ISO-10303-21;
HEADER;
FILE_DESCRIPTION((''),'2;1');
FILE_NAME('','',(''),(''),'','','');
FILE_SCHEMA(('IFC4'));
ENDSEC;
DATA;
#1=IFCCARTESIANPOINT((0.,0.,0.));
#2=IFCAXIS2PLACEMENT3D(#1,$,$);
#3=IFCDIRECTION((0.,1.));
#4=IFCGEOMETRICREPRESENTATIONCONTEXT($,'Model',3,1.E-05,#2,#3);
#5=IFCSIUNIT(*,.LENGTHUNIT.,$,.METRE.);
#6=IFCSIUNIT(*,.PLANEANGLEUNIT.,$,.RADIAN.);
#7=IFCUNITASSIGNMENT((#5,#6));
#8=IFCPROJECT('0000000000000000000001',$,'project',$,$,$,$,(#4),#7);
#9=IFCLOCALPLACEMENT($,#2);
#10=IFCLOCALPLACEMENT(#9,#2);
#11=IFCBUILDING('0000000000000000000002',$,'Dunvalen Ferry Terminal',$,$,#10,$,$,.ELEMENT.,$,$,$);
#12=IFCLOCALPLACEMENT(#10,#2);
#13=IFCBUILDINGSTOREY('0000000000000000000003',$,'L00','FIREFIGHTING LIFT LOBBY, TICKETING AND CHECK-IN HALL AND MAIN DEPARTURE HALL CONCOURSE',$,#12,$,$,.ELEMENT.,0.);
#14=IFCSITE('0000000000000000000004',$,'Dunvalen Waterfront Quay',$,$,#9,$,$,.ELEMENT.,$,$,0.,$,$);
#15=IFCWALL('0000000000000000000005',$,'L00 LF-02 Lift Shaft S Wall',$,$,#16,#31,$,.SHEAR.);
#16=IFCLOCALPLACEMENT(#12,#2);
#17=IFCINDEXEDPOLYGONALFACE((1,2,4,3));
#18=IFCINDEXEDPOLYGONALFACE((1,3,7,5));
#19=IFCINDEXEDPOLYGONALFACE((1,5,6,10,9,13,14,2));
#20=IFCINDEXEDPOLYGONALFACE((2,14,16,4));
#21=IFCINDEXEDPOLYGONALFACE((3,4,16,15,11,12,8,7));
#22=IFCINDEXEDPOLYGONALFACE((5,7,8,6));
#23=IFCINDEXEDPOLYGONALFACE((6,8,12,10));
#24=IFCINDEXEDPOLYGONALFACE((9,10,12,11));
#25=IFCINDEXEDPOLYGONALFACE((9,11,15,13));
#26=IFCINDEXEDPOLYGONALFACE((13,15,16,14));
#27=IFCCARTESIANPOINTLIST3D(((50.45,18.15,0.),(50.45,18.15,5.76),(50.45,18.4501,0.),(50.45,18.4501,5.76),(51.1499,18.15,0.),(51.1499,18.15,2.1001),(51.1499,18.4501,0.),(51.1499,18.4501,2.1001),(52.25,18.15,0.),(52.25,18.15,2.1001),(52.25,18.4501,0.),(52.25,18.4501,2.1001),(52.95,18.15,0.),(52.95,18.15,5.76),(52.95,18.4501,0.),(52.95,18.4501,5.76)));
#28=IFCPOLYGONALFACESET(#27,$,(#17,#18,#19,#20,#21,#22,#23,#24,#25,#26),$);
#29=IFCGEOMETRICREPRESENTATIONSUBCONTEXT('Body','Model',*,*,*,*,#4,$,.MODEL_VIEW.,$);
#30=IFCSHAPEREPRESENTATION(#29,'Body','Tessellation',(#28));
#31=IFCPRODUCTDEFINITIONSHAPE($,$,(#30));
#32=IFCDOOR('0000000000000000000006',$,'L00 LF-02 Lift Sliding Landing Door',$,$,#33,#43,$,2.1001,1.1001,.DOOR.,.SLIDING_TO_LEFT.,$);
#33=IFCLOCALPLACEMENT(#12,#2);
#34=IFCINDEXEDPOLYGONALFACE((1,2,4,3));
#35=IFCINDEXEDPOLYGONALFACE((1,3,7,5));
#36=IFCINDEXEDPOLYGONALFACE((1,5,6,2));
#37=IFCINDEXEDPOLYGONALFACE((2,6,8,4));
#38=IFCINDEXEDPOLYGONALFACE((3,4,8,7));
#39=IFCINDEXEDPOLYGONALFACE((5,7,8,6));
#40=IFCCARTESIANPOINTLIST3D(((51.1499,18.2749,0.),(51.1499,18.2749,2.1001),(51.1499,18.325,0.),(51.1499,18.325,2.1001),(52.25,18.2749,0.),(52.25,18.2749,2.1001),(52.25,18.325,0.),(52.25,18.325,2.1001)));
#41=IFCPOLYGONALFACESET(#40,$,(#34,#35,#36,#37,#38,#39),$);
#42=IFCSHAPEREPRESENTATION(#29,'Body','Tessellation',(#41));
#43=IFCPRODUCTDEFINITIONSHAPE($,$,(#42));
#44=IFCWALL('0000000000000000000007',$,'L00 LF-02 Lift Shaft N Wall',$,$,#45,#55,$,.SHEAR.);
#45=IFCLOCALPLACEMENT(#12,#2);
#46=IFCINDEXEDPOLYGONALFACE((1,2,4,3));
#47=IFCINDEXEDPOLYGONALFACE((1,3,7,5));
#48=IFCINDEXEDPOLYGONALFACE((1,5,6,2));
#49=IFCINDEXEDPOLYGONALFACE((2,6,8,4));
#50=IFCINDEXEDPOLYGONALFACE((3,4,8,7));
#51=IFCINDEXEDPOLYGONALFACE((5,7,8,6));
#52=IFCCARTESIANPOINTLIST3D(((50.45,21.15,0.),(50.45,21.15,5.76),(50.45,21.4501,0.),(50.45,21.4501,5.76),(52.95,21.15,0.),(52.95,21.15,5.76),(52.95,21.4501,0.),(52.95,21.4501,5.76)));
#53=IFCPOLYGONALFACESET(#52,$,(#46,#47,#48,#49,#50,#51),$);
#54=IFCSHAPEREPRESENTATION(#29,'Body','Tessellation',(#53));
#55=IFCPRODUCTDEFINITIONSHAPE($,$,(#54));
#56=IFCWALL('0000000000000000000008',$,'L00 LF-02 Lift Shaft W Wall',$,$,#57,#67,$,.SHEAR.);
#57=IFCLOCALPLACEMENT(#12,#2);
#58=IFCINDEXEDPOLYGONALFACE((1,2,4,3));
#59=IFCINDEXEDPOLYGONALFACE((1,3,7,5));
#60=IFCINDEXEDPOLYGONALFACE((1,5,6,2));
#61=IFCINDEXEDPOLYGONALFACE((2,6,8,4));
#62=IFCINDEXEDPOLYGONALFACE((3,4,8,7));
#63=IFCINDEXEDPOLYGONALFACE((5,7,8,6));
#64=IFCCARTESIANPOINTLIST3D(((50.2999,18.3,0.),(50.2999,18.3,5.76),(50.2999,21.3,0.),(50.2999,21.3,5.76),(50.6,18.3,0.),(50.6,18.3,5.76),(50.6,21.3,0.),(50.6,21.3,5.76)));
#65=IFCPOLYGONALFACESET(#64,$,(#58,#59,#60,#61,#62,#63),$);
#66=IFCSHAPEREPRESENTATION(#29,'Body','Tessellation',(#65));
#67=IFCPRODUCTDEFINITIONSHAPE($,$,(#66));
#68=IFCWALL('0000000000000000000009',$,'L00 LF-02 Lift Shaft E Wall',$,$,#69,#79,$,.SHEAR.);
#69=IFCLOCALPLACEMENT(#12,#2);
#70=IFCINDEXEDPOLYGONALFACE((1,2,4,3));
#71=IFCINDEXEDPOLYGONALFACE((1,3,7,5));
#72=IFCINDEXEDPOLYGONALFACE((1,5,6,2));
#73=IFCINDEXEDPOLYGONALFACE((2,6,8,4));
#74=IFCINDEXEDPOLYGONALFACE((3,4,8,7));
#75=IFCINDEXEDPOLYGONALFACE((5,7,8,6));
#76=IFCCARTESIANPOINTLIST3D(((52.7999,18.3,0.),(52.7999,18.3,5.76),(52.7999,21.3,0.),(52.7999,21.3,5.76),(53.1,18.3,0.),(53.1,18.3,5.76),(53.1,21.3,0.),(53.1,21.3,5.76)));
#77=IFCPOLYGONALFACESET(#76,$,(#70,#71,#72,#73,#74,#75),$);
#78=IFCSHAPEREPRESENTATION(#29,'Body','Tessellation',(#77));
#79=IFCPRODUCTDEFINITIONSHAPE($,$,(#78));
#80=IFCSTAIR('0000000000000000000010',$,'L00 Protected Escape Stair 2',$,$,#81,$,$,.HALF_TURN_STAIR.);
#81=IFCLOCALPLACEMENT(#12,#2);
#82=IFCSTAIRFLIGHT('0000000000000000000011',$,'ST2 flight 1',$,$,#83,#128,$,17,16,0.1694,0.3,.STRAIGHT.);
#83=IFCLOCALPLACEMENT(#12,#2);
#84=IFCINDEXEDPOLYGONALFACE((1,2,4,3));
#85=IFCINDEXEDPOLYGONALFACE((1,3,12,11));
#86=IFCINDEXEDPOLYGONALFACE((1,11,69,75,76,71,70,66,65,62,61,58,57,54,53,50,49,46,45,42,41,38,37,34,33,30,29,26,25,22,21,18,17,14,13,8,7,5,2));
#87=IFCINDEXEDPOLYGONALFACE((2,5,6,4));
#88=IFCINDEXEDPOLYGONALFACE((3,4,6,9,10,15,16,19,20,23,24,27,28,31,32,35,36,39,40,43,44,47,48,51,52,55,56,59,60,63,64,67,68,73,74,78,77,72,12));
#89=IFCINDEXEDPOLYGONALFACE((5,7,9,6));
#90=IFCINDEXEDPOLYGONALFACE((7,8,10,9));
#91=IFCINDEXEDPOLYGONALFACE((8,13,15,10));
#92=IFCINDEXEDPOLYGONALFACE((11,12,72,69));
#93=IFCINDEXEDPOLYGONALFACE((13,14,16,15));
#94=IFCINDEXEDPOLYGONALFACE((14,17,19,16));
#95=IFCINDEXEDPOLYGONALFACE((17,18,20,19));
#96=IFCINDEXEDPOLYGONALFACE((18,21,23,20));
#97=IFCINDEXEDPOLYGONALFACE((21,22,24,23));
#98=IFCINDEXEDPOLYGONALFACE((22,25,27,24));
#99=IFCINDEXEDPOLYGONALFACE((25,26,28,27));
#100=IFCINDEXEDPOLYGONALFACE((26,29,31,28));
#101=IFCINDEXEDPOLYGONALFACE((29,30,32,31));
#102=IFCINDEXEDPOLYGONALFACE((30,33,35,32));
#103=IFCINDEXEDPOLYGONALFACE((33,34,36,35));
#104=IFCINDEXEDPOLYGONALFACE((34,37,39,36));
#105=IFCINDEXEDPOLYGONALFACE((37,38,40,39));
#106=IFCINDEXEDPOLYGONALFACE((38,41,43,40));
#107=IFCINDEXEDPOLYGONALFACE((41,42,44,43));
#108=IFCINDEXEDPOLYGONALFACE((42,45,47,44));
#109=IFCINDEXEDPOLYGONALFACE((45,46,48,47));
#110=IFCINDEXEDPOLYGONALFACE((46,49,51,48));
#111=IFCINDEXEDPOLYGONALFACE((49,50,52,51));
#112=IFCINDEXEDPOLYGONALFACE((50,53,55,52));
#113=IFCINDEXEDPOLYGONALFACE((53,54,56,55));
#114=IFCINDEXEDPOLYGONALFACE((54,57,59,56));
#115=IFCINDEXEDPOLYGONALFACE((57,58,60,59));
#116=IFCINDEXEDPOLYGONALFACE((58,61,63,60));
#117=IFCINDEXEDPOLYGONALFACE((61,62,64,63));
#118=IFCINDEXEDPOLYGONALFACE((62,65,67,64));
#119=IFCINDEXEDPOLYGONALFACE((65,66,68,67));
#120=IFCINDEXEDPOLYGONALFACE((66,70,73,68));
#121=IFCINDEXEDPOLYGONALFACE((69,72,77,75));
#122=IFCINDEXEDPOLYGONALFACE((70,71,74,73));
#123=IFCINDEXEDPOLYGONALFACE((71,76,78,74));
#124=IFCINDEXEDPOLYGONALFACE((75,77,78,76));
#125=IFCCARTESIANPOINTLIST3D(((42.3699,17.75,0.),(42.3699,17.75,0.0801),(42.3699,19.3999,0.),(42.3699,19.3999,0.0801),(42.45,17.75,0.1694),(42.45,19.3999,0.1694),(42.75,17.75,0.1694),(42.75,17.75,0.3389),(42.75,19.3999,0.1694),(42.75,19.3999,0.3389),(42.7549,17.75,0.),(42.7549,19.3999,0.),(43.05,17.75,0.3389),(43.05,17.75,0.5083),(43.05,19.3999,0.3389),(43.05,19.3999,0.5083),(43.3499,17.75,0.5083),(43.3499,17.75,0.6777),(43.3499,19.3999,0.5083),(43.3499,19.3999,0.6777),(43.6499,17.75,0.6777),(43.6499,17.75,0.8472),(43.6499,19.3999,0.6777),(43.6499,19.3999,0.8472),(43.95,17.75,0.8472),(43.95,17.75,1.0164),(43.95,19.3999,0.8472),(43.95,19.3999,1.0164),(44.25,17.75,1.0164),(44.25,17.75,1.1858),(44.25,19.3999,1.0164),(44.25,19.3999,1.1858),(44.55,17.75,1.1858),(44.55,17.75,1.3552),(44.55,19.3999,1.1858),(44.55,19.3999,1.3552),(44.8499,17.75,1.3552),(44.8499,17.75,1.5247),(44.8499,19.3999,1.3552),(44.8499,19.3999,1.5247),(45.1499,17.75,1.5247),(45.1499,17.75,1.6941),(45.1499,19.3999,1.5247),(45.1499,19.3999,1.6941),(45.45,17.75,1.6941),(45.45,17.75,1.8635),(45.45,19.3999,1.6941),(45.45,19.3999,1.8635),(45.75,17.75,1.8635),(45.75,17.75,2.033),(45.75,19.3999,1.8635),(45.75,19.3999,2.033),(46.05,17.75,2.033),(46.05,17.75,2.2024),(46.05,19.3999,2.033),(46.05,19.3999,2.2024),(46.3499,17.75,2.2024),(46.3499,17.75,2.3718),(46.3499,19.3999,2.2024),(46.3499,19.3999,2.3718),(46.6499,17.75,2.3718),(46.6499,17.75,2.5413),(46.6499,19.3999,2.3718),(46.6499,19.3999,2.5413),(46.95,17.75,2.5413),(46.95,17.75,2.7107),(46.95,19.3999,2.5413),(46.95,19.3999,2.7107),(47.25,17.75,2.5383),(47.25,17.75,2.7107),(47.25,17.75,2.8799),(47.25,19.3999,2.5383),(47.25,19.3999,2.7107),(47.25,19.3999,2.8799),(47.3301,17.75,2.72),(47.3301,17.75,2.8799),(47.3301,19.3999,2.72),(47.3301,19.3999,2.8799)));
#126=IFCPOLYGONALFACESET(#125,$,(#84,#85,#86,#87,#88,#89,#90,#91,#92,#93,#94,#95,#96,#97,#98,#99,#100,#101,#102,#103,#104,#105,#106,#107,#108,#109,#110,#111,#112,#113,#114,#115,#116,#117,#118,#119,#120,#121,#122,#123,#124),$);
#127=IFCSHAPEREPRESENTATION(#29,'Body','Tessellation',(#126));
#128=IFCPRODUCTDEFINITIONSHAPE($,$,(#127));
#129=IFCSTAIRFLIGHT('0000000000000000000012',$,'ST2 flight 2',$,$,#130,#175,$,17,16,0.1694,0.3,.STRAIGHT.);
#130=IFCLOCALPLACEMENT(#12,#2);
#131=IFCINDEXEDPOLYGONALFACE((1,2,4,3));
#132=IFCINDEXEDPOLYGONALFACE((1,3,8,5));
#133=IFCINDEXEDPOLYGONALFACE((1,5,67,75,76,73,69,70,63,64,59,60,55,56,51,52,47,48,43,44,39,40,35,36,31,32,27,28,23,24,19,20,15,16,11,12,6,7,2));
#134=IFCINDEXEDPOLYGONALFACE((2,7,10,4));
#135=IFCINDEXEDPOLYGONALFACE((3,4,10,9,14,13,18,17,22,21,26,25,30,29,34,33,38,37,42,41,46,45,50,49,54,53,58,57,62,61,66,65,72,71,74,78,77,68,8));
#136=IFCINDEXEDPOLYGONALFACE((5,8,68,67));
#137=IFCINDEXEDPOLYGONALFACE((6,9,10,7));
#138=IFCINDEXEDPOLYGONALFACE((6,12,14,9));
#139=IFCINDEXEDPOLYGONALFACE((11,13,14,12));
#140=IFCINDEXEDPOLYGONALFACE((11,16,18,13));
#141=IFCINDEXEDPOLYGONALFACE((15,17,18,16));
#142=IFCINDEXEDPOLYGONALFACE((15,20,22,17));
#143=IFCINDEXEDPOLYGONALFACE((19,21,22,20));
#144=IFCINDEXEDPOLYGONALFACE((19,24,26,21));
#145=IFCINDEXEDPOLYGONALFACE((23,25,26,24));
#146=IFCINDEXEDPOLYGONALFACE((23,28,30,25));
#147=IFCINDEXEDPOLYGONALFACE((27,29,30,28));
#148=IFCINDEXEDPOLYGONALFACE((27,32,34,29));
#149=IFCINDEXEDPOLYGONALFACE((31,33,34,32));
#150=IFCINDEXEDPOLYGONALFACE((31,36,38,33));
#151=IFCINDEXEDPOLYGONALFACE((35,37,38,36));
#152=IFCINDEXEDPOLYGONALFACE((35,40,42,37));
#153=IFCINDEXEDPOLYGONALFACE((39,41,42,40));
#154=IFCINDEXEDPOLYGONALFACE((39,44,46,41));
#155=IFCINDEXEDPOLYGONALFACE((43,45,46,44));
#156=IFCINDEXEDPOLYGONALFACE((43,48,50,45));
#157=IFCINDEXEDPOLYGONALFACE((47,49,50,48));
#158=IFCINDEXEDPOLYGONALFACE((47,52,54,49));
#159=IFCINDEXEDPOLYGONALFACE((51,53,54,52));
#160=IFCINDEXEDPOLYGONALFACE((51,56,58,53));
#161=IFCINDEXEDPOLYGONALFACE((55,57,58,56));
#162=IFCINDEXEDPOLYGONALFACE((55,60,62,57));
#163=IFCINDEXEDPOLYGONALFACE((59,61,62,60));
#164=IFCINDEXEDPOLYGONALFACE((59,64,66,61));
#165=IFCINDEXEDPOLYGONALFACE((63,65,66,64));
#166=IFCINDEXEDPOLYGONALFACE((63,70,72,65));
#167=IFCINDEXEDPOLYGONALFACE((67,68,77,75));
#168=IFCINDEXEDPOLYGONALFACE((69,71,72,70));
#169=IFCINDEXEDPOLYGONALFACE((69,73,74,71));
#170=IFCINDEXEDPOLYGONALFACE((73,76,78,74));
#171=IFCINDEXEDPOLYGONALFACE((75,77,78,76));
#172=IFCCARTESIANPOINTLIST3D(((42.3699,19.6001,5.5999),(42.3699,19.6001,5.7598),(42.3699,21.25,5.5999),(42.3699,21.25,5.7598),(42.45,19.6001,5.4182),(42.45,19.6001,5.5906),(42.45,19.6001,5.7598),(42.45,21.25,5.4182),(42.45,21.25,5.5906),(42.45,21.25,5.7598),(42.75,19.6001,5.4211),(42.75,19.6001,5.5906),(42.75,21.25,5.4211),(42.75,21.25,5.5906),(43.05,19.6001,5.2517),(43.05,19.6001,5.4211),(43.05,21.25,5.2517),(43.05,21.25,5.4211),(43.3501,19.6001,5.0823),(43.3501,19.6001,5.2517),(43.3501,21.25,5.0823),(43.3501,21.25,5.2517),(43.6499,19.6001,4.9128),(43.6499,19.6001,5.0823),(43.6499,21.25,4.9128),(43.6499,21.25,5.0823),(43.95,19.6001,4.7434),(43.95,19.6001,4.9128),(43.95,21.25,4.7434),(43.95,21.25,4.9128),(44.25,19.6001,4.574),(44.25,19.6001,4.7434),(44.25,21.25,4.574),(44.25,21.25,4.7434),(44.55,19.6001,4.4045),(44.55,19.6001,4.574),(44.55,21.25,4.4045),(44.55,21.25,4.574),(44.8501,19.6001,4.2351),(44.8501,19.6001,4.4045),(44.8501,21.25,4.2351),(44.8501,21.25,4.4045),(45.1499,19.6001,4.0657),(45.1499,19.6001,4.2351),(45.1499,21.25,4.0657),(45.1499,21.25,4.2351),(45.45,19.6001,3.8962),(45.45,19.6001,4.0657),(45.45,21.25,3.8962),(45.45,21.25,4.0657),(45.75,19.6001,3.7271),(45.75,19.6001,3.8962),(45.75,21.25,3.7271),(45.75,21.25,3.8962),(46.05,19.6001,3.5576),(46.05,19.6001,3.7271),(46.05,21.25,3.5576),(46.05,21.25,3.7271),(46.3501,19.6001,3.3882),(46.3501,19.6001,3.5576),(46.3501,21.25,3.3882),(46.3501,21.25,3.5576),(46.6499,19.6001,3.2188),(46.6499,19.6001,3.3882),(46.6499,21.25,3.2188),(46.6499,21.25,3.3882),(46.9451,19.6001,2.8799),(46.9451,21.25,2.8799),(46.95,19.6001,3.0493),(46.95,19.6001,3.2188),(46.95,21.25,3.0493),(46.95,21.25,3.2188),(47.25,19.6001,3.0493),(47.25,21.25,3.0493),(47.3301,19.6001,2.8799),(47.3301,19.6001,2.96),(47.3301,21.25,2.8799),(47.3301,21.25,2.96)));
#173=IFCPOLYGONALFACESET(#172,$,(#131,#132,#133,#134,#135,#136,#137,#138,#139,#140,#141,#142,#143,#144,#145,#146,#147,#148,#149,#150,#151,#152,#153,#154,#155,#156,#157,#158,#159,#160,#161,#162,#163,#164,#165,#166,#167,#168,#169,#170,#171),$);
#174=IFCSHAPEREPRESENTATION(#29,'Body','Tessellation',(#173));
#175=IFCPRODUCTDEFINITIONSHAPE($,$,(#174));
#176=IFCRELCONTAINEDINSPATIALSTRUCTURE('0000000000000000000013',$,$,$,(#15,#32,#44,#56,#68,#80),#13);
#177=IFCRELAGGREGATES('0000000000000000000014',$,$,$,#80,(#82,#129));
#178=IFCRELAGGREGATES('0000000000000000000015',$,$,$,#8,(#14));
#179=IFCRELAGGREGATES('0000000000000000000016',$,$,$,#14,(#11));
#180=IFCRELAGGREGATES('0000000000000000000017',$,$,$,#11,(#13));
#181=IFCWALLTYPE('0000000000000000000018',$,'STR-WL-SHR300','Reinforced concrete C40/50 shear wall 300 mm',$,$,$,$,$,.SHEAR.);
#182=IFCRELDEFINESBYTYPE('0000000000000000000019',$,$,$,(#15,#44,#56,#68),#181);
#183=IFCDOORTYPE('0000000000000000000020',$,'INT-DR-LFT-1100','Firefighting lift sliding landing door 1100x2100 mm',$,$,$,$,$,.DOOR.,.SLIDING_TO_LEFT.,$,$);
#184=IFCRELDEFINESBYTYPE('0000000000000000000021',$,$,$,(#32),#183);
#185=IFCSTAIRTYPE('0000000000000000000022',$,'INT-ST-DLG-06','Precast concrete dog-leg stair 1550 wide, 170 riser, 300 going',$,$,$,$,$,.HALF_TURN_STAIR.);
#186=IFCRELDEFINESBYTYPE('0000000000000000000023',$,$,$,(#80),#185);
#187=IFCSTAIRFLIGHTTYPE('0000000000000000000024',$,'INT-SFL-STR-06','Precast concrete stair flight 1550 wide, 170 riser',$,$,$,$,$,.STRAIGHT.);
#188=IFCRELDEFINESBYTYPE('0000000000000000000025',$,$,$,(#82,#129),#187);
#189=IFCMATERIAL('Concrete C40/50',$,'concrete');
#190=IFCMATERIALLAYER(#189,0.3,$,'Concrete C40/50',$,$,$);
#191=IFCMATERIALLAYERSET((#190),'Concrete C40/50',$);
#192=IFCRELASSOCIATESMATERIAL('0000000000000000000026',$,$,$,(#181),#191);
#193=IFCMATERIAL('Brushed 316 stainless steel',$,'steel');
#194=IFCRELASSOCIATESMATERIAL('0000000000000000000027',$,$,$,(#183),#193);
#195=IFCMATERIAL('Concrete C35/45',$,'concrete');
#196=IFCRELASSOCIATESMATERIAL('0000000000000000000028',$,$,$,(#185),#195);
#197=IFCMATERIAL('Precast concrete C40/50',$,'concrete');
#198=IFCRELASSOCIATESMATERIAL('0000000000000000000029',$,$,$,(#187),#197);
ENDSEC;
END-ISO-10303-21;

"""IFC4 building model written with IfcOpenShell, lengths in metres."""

from ifc_helpers import new_model, si_unit, direction, frame, frame_2d, origin, place, context, subcontext, project, spatial, polyline, rectangle, outline, extrude, material, layer, layer_set, type_object, element, fill, aggregate, save


model = new_model("IFC4")

# Units and contexts
model_context = context("Model", 3, precision=1e-05, world=origin(), true_north=direction((0.0, 1.0)))
body_context = subcontext(model_context, "Body", "Model", "MODEL_VIEW")
ifc_project = project(units=[si_unit("LENGTHUNIT", "METRE"), si_unit("PLANEANGLEUNIT", "RADIAN")], contexts=[model_context])

# Site, building, storey
site_placement = place(None, origin())
site = spatial("IfcSite", under=ifc_project, at=site_placement, Name="Dunvalen Waterfront Quay", CompositionType="ELEMENT", RefElevation=0.0)
building_placement = place(site_placement, origin())
building = spatial("IfcBuilding", under=site, at=building_placement, Name="Dunvalen Ferry Terminal", CompositionType="ELEMENT")
storey_placement = place(building_placement, origin())
storey = spatial("IfcBuildingStorey", under=building, at=storey_placement, Name="L00", Description="FIREFIGHTING LIFT LOBBY, TICKETING AND CHECK-IN HALL AND MAIN DEPARTURE HALL CONCOURSE", CompositionType="ELEMENT", Elevation=0.0)

# Shared definitions
ifc_material_1 = material(Name="Concrete C40/50", Category="concrete")

# Shared definitions
ifc_material_2 = material(Name="Concrete C35/45", Category="concrete")

# Shared definitions
ifc_layer_1 = layer(ifc_material_1, 0.3, Name="Concrete C40/50")
ifc_layer_set_1 = layer_set([ifc_layer_1], Name="Concrete C40/50")
wall_type_1 = type_object("IfcWallType", Name="STR-WL-SHR300", Description="Reinforced concrete C40/50 shear wall 300 mm", PredefinedType="SHEAR", material=ifc_layer_set_1)

# Wall, opening, door
wall_1_placement = place(storey_placement, frame((50.45, 18.3, 0.0), z_axis=(0.0, 0.0, 1.0), x_axis=(1.0, 0.0, 0.0)))
wall_1 = element("IfcWall", 1, at=wall_1_placement, inside=storey, type_object=wall_type_1, Name="L00 LF-02 Lift Shaft S Wall", PredefinedType="SHEAR", context=body_context, shape_type="SweptSolid", body=[
    extrude(rectangle(XDim=2.5, YDim=0.3, at=frame_2d((1.25, 0.0))), origin(), (0.0, 0.0, 1.0), 5.76),
])
opening_1_placement = place(wall_1_placement, frame((0.7, 0.0, 0.0)))
opening_1 = element("IfcOpeningElement", 2, at=opening_1_placement, cuts=wall_1, PredefinedType="OPENING", context=body_context, shape_type="SweptSolid", body=[
    extrude(rectangle(XDim=1.1001, YDim=2.1001, at=frame_2d((0.55, 1.05))), frame((0.0, 0.1602, 0.0), z_axis=(0.0, -1.0, 0.0), x_axis=(1.0, 0.0, 0.0)), (0.0, 0.0, 1.0), 0.3201),
])
ifc_material_3 = material(Name="Brushed 316 stainless steel", Category="steel")
door_type_1 = type_object("IfcDoorType", Name="INT-DR-LFT-1100", Description="Firefighting lift sliding landing door 1100x2100 mm", OperationType="SLIDING_TO_LEFT", PredefinedType="DOOR", material=ifc_material_3)
door_1_placement = place(opening_1_placement, origin())
door_1 = element("IfcDoor", 3, at=door_1_placement, inside=storey, type_object=door_type_1, Name="L00 LF-02 Lift Sliding Landing Door", OperationType="SLIDING_TO_LEFT", OverallHeight=2.1001, OverallWidth=1.1001, PredefinedType="DOOR", context=body_context, shape_type="SweptSolid", body=[
    extrude(rectangle(XDim=1.1001, YDim=2.1001, at=frame_2d((0.55, 1.05))), frame((0.0, 0.0249, 0.0), z_axis=(0.0, -1.0, 0.0), x_axis=(1.0, 0.0, 0.0)), (0.0, 0.0, 1.0), 0.05),
])
fill(opening_1, door_1)

# Walls
wall_2_placement = place(storey_placement, frame((50.45, 21.3, 0.0), z_axis=(0.0, 0.0, 1.0), x_axis=(1.0, 0.0, 0.0)))
element("IfcWall", 4, at=wall_2_placement, inside=storey, type_object=wall_type_1, Name="L00 LF-02 Lift Shaft N Wall", PredefinedType="SHEAR", context=body_context, shape_type="SweptSolid", body=[
    extrude(rectangle(XDim=2.5, YDim=0.3, at=frame_2d((1.25, 0.0))), origin(), (0.0, 0.0, 1.0), 5.76),
])
for number, where, z_axis, x_axis, name in (
    (5, (50.45, 18.3, 0.0), (0.0, 0.0, 1.0), (0.0, 1.0, 0.0), "L00 LF-02 Lift Shaft W Wall"),
    (6, (52.95, 18.3, 0.0), (0.0, 0.0, 1.0), (0.0, 1.0, 0.0), "L00 LF-02 Lift Shaft E Wall"),
):
    element("IfcWall", number, at=place(storey_placement, frame(where, z_axis=z_axis, x_axis=x_axis)), inside=storey, type_object=wall_type_1, Name=name, PredefinedType="SHEAR", context=body_context, shape_type="SweptSolid", body=[
        extrude(rectangle(XDim=3.0, YDim=0.3, at=frame_2d((1.5, 0.0))), origin(), (0.0, 0.0, 1.0), 5.76),
    ])

# Stair, stair flights
stair_type = type_object("IfcStairType", Name="INT-ST-DLG-06", Description="Precast concrete dog-leg stair 1550 wide, 170 riser, 300 going", PredefinedType="HALF_TURN_STAIR", material=ifc_material_2)
stair_placement = place(storey_placement, origin())
stair = element("IfcStair", 7, at=stair_placement, inside=storey, type_object=stair_type, Name="L00 Protected Escape Stair 2", PredefinedType="HALF_TURN_STAIR")
ifc_material_4 = material(Name="Precast concrete C40/50", Category="concrete")
stair_flight_type = type_object("IfcStairFlightType", Name="INT-SFL-STR-06", Description="Precast concrete stair flight 1550 wide, 170 riser", PredefinedType="STRAIGHT", material=ifc_material_4)
stair_flight_1_placement = place(storey_placement, frame((42.45, 18.575, 0.0), z_axis=(0.0, 0.0, 1.0), x_axis=(1.0, 0.0, 0.0)))
stair_flight_1 = element("IfcStairFlight", 8, at=stair_flight_1_placement, type_object=stair_flight_type, Name="ST2 flight 1", NumberOfRisers=17, NumberOfTreads=16, PredefinedType="STRAIGHT", RiserHeight=0.1694, TreadLength=0.3, context=body_context, shape_type="SweptSolid", body=[
    extrude(outline(polyline([(-0.0801, 0.0), (-0.0801, 0.0801), (0.0, 0.1694), (0.3, 0.1694), (0.3, 0.3389), (0.6001, 0.3389), (0.6001, 0.5083), (0.8999, 0.5083), (0.8999, 0.6777), (1.2, 0.6777), (1.2, 0.8472), (1.5, 0.8472), (1.5, 1.0164), (1.8, 1.0164), (1.8, 1.1858), (2.1001, 1.1858), (2.1001, 1.3552), (2.3999, 1.3552), (2.3999, 1.5247), (2.7, 1.5247), (2.7, 1.6941), (3.0, 1.6941), (3.0, 1.8635), (3.3, 1.8635), (3.3, 2.033), (3.6001, 2.033), (3.6001, 2.2024), (3.8999, 2.2024), (3.8999, 2.3718), (4.2, 2.3718), (4.2, 2.5413), (4.5, 2.5413), (4.5, 2.7107), (4.8, 2.7107), (4.8, 2.8799), (4.8801, 2.8799), (4.8801, 2.72), (4.8, 2.5383), (0.3049, 0.0), (-0.0801, 0.0)])), frame((0.0, 0.825, 0.0), z_axis=(0.0, -1.0, 0.0), x_axis=(1.0, 0.0, 0.0)), (0.0, 0.0, 1.0), 1.6499),
])
stair_flight_2_placement = place(storey_placement, frame((47.25, 20.425, 2.8799), z_axis=(0.0, 0.0, 1.0), x_axis=(-1.0, 0.0, 0.0)))
stair_flight_2 = element("IfcStairFlight", 9, at=stair_flight_2_placement, type_object=stair_flight_type, Name="ST2 flight 2", NumberOfRisers=17, NumberOfTreads=16, PredefinedType="STRAIGHT", RiserHeight=0.1694, TreadLength=0.3, context=body_context, shape_type="SweptSolid", body=[
    extrude(outline(polyline([(-0.0801, 0.0), (-0.0801, 0.0801), (0.0, 0.1694), (0.3, 0.1694), (0.3, 0.3389), (0.6001, 0.3389), (0.6001, 0.5083), (0.8999, 0.5083), (0.8999, 0.6777), (1.2, 0.6777), (1.2, 0.8472), (1.5, 0.8472), (1.5, 1.0164), (1.8, 1.0164), (1.8, 1.1858), (2.1001, 1.1858), (2.1001, 1.3552), (2.3999, 1.3552), (2.3999, 1.5247), (2.7, 1.5247), (2.7, 1.6941), (3.0, 1.6941), (3.0, 1.8635), (3.3, 1.8635), (3.3, 2.033), (3.6001, 2.033), (3.6001, 2.2024), (3.8999, 2.2024), (3.8999, 2.3718), (4.2, 2.3718), (4.2, 2.5413), (4.5, 2.5413), (4.5, 2.7107), (4.8, 2.7107), (4.8, 2.8799), (4.8801, 2.8799), (4.8801, 2.72), (4.8, 2.5383), (0.3049, 0.0), (-0.0801, 0.0)])), frame((0.0, 0.825, 0.0), z_axis=(0.0, -1.0, 0.0), x_axis=(1.0, 0.0, 0.0)), (0.0, 0.0, 1.0), 1.6499),
])
aggregate(stair, [stair_flight_1, stair_flight_2])

save(model, "model.ifc")
